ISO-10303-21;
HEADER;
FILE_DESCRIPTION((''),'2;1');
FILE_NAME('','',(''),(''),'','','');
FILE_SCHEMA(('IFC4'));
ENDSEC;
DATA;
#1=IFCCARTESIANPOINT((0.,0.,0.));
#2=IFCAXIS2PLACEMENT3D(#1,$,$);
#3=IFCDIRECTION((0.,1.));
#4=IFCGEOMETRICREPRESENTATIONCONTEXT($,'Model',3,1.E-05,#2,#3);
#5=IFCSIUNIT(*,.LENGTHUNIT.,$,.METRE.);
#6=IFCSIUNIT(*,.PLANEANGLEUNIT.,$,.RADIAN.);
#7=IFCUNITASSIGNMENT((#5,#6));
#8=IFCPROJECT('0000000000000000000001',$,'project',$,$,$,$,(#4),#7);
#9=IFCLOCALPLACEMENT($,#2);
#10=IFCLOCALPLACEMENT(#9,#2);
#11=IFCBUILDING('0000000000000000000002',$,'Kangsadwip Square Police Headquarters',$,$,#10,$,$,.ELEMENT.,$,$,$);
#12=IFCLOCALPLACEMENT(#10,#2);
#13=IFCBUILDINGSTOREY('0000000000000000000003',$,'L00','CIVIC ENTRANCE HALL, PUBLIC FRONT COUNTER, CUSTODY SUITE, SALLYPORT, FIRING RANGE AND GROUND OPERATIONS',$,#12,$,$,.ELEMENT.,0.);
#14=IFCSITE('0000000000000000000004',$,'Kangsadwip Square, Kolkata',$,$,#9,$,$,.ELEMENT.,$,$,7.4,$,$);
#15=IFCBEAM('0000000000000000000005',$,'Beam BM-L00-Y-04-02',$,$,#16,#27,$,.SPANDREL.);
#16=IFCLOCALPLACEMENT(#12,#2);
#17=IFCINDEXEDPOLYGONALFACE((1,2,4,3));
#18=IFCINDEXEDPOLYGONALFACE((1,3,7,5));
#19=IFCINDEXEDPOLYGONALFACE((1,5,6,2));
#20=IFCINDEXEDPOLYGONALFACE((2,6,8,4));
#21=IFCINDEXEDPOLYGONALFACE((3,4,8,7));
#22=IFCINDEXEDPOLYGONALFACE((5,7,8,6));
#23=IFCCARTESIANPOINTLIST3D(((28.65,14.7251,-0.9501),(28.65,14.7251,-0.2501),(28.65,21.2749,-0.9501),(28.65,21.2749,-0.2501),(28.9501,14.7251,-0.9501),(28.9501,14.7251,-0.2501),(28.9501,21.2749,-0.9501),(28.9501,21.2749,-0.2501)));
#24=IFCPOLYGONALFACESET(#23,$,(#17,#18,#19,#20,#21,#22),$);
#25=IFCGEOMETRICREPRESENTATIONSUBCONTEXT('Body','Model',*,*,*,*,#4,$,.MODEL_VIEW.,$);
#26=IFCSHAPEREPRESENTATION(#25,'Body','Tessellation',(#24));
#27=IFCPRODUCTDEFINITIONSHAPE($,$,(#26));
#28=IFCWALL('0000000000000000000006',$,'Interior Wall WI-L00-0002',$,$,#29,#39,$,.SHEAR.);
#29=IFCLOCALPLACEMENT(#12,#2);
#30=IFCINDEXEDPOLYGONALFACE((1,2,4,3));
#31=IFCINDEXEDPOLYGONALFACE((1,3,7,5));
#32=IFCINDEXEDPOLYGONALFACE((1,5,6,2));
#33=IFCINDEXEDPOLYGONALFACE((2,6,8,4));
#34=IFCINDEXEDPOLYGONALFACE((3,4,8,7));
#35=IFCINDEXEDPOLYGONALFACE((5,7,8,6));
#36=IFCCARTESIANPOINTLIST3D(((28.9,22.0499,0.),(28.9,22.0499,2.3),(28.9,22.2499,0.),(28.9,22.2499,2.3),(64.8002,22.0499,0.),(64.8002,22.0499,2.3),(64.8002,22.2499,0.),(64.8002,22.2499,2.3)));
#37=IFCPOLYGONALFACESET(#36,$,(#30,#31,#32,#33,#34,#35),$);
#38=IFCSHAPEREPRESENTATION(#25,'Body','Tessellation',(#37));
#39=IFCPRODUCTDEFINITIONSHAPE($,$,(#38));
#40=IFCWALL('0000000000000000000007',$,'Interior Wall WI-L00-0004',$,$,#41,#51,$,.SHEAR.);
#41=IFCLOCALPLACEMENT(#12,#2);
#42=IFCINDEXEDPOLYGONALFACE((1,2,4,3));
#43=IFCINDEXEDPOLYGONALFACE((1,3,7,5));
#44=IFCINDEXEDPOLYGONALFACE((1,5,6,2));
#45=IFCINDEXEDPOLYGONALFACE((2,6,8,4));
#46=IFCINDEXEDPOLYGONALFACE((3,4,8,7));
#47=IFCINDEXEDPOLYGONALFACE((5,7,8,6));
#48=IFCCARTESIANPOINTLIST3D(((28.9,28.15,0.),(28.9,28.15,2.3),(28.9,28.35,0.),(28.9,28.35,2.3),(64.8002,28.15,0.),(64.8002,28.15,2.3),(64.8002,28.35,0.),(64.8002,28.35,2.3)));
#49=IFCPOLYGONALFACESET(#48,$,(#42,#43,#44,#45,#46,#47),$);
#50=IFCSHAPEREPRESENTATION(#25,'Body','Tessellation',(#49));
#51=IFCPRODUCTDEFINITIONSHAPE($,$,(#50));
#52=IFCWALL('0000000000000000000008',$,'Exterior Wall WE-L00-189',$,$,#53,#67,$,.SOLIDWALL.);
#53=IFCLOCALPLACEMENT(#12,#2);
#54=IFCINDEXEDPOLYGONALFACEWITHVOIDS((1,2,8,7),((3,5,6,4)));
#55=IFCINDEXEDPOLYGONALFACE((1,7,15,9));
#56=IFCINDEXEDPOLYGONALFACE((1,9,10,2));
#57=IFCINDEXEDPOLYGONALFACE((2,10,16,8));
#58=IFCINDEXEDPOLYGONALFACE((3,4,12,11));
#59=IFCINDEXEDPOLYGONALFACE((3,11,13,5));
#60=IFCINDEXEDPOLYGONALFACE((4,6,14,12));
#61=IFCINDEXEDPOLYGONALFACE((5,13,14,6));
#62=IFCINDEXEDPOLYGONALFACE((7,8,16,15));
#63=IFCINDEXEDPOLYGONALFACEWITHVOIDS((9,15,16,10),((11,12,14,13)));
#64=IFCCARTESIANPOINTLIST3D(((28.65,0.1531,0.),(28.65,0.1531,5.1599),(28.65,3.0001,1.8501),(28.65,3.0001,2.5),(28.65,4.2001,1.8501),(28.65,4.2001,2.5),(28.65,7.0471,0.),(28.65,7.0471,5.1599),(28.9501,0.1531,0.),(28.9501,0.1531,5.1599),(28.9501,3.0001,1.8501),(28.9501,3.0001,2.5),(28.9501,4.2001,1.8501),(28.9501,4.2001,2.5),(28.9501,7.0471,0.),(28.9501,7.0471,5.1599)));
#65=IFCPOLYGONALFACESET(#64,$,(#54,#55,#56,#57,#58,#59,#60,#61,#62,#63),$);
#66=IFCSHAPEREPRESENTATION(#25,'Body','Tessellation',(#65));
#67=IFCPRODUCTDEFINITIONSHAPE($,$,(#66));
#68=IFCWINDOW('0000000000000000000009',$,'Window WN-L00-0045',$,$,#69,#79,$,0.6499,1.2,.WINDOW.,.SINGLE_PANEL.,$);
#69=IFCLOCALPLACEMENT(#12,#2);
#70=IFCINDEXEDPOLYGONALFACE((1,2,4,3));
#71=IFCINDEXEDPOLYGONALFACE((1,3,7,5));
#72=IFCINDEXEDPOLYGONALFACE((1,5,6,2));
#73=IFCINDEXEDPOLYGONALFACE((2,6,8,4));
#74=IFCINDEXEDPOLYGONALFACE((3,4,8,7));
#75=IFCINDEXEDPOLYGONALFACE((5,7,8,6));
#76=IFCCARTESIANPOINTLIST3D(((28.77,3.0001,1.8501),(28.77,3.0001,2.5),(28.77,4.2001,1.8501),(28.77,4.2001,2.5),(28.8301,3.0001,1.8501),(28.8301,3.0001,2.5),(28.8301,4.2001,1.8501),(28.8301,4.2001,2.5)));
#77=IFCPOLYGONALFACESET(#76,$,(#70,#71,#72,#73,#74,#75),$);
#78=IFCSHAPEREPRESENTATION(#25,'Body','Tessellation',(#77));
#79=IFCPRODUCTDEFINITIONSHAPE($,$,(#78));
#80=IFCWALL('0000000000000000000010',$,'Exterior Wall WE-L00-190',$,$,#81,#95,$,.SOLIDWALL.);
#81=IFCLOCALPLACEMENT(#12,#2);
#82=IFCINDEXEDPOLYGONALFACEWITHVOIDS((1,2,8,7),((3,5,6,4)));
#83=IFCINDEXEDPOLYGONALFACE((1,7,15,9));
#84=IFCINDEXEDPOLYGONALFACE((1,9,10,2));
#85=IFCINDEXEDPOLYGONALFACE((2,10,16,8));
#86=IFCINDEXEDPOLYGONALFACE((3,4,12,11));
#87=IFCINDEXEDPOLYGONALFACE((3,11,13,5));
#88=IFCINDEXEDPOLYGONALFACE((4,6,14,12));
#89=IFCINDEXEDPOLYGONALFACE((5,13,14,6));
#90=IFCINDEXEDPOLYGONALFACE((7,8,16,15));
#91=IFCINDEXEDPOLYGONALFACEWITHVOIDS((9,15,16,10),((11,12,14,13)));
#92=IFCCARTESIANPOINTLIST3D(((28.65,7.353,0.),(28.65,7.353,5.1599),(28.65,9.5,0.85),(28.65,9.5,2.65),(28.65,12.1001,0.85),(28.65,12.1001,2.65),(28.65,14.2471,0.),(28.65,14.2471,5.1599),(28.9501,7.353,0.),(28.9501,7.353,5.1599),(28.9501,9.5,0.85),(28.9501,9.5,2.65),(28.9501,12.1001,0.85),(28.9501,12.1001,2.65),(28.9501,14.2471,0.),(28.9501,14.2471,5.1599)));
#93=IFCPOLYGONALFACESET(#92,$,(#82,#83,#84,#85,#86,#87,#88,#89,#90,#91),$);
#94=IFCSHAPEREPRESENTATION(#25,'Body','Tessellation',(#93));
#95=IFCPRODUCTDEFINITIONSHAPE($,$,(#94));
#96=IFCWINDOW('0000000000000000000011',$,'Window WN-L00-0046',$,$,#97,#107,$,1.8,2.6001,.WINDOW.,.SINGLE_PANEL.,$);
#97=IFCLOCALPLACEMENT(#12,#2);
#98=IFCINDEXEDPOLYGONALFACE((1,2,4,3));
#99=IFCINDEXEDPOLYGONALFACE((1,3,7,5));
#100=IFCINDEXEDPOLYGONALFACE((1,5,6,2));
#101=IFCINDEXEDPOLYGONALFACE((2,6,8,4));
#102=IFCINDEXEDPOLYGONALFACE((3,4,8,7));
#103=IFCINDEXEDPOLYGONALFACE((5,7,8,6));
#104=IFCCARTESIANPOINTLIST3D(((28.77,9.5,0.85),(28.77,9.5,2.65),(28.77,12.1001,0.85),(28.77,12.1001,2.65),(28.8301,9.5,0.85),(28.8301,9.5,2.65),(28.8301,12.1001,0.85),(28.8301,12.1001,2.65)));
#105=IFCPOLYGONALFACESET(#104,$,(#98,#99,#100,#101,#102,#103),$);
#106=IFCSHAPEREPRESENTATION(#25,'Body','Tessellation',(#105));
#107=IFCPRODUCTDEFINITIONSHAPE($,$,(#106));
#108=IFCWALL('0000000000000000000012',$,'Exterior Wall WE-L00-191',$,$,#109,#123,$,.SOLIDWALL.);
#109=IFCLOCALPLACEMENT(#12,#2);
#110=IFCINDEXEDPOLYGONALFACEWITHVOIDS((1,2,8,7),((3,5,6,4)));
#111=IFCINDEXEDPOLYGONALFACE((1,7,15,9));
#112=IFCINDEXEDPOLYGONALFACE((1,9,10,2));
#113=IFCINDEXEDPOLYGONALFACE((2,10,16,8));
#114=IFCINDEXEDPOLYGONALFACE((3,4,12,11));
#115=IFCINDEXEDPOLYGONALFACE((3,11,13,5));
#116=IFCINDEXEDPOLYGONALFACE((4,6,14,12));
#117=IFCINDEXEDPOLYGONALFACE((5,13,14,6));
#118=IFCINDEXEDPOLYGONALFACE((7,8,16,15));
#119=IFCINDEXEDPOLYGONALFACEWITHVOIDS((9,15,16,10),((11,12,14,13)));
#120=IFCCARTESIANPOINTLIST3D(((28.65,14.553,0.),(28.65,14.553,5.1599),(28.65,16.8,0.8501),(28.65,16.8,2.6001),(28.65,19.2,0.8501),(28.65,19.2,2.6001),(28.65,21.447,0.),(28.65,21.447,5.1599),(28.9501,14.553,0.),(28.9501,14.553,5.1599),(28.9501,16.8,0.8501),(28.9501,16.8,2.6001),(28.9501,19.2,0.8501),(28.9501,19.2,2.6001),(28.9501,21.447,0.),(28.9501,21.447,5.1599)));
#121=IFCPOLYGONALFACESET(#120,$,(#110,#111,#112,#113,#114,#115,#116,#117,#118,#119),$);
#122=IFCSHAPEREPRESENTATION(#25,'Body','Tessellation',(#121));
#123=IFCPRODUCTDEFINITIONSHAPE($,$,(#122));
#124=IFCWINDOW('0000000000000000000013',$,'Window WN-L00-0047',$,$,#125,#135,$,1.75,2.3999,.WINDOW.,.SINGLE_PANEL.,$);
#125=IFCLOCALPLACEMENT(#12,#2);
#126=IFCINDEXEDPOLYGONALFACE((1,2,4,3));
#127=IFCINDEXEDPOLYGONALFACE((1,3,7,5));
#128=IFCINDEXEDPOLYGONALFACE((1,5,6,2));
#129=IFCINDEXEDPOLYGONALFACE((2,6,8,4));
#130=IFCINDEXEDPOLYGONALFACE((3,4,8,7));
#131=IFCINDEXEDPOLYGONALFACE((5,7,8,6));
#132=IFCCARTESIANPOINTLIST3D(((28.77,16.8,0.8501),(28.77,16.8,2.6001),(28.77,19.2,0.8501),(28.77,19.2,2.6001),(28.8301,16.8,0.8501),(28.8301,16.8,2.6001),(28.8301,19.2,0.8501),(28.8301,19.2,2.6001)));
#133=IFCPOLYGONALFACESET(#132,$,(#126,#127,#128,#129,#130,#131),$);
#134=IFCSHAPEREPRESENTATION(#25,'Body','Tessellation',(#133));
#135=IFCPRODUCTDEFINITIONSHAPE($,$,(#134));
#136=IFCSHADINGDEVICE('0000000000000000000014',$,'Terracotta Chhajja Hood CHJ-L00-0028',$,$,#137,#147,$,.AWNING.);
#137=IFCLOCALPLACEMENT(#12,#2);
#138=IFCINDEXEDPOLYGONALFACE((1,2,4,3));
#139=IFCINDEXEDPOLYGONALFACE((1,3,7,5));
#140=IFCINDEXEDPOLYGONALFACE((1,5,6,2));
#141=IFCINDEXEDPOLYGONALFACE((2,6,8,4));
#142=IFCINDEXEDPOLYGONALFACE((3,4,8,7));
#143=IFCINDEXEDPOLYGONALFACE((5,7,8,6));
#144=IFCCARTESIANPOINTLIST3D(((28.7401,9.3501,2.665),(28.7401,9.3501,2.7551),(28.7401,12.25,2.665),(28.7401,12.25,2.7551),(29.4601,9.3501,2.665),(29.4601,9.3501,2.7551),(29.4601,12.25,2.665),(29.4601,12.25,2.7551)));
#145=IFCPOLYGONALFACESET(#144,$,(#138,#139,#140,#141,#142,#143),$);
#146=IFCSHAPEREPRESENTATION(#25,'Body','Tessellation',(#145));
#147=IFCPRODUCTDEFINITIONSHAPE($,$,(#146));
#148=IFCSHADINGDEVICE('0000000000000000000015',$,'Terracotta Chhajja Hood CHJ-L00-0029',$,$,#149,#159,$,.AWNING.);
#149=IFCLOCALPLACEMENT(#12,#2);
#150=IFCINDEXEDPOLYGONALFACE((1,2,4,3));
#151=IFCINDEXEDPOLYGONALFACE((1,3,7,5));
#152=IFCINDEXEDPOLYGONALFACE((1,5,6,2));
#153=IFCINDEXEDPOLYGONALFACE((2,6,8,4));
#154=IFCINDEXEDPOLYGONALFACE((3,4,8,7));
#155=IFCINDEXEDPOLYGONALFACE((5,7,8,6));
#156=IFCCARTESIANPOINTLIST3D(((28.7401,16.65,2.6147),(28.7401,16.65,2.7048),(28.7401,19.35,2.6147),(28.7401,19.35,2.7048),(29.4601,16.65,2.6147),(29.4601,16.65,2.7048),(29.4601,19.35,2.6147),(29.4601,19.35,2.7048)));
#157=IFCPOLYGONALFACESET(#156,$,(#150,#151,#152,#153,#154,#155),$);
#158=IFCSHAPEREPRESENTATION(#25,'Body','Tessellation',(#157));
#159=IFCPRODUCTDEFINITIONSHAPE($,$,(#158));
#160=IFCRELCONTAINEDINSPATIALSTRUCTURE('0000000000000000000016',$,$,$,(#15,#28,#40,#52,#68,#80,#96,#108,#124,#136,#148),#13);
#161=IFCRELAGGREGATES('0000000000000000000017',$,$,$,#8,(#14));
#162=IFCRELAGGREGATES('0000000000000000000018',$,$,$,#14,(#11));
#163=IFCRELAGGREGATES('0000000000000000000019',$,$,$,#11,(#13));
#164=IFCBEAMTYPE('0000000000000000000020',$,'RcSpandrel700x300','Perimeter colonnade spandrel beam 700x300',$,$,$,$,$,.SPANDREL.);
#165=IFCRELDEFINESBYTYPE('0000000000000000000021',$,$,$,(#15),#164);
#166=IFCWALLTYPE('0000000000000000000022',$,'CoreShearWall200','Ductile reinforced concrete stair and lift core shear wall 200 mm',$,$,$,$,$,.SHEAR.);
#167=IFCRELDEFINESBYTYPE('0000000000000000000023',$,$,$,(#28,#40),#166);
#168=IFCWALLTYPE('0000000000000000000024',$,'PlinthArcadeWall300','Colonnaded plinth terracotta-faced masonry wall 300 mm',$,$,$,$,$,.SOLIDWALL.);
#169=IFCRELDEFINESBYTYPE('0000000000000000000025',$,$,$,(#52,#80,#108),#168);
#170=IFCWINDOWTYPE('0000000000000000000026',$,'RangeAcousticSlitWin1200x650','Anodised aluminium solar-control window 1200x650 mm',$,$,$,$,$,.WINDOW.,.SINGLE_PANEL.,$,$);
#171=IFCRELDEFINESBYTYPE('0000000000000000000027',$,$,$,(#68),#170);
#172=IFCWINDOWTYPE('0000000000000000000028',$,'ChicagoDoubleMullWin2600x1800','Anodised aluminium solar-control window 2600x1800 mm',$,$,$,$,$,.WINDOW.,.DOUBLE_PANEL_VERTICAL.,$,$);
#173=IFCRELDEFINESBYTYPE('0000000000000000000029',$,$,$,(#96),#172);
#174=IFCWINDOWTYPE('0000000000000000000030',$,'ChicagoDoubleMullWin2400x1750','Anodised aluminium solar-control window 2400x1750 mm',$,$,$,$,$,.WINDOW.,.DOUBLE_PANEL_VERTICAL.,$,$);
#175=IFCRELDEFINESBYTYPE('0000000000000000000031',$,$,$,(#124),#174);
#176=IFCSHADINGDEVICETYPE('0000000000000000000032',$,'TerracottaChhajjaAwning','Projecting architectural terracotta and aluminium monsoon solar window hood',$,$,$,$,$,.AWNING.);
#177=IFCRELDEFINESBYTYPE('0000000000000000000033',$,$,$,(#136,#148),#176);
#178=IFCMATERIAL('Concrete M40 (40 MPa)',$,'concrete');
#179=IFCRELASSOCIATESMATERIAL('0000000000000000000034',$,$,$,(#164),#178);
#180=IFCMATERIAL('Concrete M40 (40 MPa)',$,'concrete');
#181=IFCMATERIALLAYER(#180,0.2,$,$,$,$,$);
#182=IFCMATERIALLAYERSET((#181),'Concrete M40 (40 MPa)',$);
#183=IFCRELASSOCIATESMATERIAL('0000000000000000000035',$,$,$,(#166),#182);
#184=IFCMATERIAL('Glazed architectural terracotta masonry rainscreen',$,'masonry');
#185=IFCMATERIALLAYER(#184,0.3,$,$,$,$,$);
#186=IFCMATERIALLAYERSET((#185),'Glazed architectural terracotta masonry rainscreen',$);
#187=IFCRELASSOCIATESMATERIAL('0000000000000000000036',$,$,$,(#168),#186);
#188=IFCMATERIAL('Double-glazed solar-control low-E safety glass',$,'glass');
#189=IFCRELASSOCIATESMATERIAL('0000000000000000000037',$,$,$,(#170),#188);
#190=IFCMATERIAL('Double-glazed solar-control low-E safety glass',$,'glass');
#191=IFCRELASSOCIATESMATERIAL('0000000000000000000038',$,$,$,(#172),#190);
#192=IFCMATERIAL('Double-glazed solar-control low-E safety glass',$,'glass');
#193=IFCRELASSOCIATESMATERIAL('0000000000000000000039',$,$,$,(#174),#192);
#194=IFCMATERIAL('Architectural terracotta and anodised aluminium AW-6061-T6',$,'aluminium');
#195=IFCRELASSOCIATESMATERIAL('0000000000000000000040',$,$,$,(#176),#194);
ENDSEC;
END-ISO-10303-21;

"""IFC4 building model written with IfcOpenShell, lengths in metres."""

from ifc_helpers import new_model, si_unit, direction, frame, frame_2d, origin, origin_2d, place, context, subcontext, project, spatial, rectangle, extrude, material, layer, layer_set, material_profile, profile_set, type_object, element, fill, save


model = new_model("IFC4")

# Units and contexts
model_context = context("Model", 3, precision=1e-05, world=origin(), true_north=direction((0.0, 1.0)))
body_context = subcontext(model_context, "Body", "Model", "MODEL_VIEW")
ifc_project = project(units=[si_unit("LENGTHUNIT", "METRE"), si_unit("PLANEANGLEUNIT", "RADIAN")], contexts=[model_context])

# Site, building, storey
site_placement = place(None, origin())
site = spatial("IfcSite", under=ifc_project, at=site_placement, Name="Kangsadwip Square, Kolkata", CompositionType="ELEMENT", RefElevation=7.4)
building_placement = place(site_placement, origin())
building = spatial("IfcBuilding", under=site, at=building_placement, Name="Kangsadwip Square Police Headquarters", CompositionType="ELEMENT")
storey_placement = place(building_placement, origin())
storey = spatial("IfcBuildingStorey", under=building, at=storey_placement, Name="L00", Description="CIVIC ENTRANCE HALL, PUBLIC FRONT COUNTER, CUSTODY SUITE, SALLYPORT, FIRING RANGE AND GROUND OPERATIONS", CompositionType="ELEMENT", Elevation=0.0)

# Beam
ifc_material_1 = material(Name="Concrete M40 (40 MPa)", Category="concrete")
ifc_material_profile_1 = material_profile(ifc_material_1, rectangle(XDim=0.3, YDim=0.7, at=origin_2d()), Name="RC SPN 700X300")
ifc_profile_set_1 = profile_set([ifc_material_profile_1], Name="Concrete M40 (40 MPa)")
beam_type_1 = type_object("IfcBeamType", Name="RcSpandrel700x300", Description="Perimeter colonnade spandrel beam 700x300", PredefinedType="SPANDREL", material=ifc_profile_set_1)
beam_1_placement = place(storey_placement, frame((28.8, 14.7251, -0.6001), z_axis=(0.0, 1.0, 0.0), x_axis=(-1.0, 0.0, 0.0)))
element("IfcBeam", 1, at=beam_1_placement, inside=storey, type_object=beam_type_1, Name="Beam BM-L00-Y-04-02", PredefinedType="SPANDREL", context=body_context, shape_type="SweptSolid", body=[
    extrude(rectangle(XDim=0.3, YDim=0.7, at=origin_2d()), origin(), (0.0, 0.0, 1.0), 6.5498),
])

# Walls
ifc_material_2 = material(Name="Concrete M40 (40 MPa)", Category="concrete")
ifc_layer_1 = layer(ifc_material_2, 0.2)
ifc_layer_set_1 = layer_set([ifc_layer_1], Name="Concrete M40 (40 MPa)")
wall_type_1 = type_object("IfcWallType", Name="CoreShearWall200", Description="Ductile reinforced concrete stair and lift core shear wall 200 mm", PredefinedType="SHEAR", material=ifc_layer_set_1)
for number, where, z_axis, x_axis, name in (
    (2, (28.8999, 22.1499, 0.0), (0.0, 0.0, 1.0), (1.0, 0.0, 0.0), "Interior Wall WI-L00-0002"),
    (3, (28.8999, 28.25, 0.0), (0.0, 0.0, 1.0), (1.0, 0.0, 0.0), "Interior Wall WI-L00-0004"),
):
    element("IfcWall", number, at=place(storey_placement, frame(where, z_axis=z_axis, x_axis=x_axis)), inside=storey, type_object=wall_type_1, Name=name, PredefinedType="SHEAR", context=body_context, shape_type="SweptSolid", body=[
        extrude(rectangle(XDim=35.9001, YDim=0.2, at=frame_2d((17.9502, 0.0))), origin(), (0.0, 0.0, 1.0), 2.3),
    ])

# Walls, openings, windows
ifc_material_3 = material(Name="Glazed architectural terracotta masonry rainscreen", Category="masonry")
ifc_layer_2 = layer(ifc_material_3, 0.3)
ifc_layer_set_2 = layer_set([ifc_layer_2], Name="Glazed architectural terracotta masonry rainscreen")
wall_type_2 = type_object("IfcWallType", Name="PlinthArcadeWall300", Description="Colonnaded plinth terracotta-faced masonry wall 300 mm", PredefinedType="SOLIDWALL", material=ifc_layer_set_2)
wall_1_placement = place(storey_placement, frame((28.8, 0.1531, 0.0), z_axis=(0.0, 0.0, 1.0), x_axis=(0.0, 1.0, 0.0)))
wall_1 = element("IfcWall", 4, at=wall_1_placement, inside=storey, type_object=wall_type_2, Name="Exterior Wall WE-L00-189", PredefinedType="SOLIDWALL", context=body_context, shape_type="SweptSolid", body=[
    extrude(rectangle(XDim=6.894, YDim=0.3, at=frame_2d((3.447, 0.0))), origin(), (0.0, 0.0, 1.0), 5.1599),
])
opening_1_placement = place(wall_1_placement, frame((2.8469, 0.0, 1.8501)))
opening_1 = element("IfcOpeningElement", 5, at=opening_1_placement, cuts=wall_1, PredefinedType="OPENING", context=body_context, shape_type="SweptSolid", body=[
    extrude(rectangle(XDim=1.2, YDim=0.6499, at=frame_2d((0.6001, 0.325))), frame((0.0, 0.1599, 0.0), z_axis=(0.0, -1.0, 0.0), x_axis=(1.0, 0.0, 0.0)), (0.0, 0.0, 1.0), 0.3201),
])
ifc_material_4 = material(Name="Double-glazed solar-control low-E safety glass", Category="glass")
window_type_1 = type_object("IfcWindowType", Name="RangeAcousticSlitWin1200x650", Description="Anodised aluminium solar-control window 1200x650 mm", PartitioningType="SINGLE_PANEL", PredefinedType="WINDOW", material=ifc_material_4)
window_1_placement = place(opening_1_placement, origin())
window_1 = element("IfcWindow", 6, at=window_1_placement, inside=storey, type_object=window_type_1, Name="Window WN-L00-0045", OverallHeight=0.6499, OverallWidth=1.2, PartitioningType="SINGLE_PANEL", PredefinedType="WINDOW", context=body_context, shape_type="SweptSolid", body=[
    extrude(rectangle(XDim=1.2, YDim=0.6499, at=frame_2d((0.6001, 0.325))), frame((0.0, 0.03, 0.0), z_axis=(0.0, -1.0, 0.0), x_axis=(1.0, 0.0, 0.0)), (0.0, 0.0, 1.0), 0.0601),
])
fill(opening_1, window_1)
wall_2_placement = place(storey_placement, frame((28.8, 7.353, 0.0), z_axis=(0.0, 0.0, 1.0), x_axis=(0.0, 1.0, 0.0)))
wall_2 = element("IfcWall", 7, at=wall_2_placement, inside=storey, type_object=wall_type_2, Name="Exterior Wall WE-L00-190", PredefinedType="SOLIDWALL", context=body_context, shape_type="SweptSolid", body=[
    extrude(rectangle(XDim=6.894, YDim=0.3, at=frame_2d((3.447, 0.0))), origin(), (0.0, 0.0, 1.0), 5.1599),
])
opening_2_placement = place(wall_2_placement, frame((2.147, 0.0, 0.8501)))
opening_2 = element("IfcOpeningElement", 8, at=opening_2_placement, cuts=wall_2, PredefinedType="OPENING", context=body_context, shape_type="SweptSolid", body=[
    extrude(rectangle(XDim=2.6001, YDim=1.8, at=frame_2d((1.3, 0.8999))), frame((0.0, 0.1599, 0.0), z_axis=(0.0, -1.0, 0.0), x_axis=(1.0, 0.0, 0.0)), (0.0, 0.0, 1.0), 0.3201),
])
ifc_material_5 = material(Name="Double-glazed solar-control low-E safety glass", Category="glass")
window_type_2 = type_object("IfcWindowType", Name="ChicagoDoubleMullWin2600x1800", Description="Anodised aluminium solar-control window 2600x1800 mm", PartitioningType="DOUBLE_PANEL_VERTICAL", PredefinedType="WINDOW", material=ifc_material_5)
window_2_placement = place(opening_2_placement, origin())
window_2 = element("IfcWindow", 9, at=window_2_placement, inside=storey, type_object=window_type_2, Name="Window WN-L00-0046", OverallHeight=1.8, OverallWidth=2.6001, PartitioningType="SINGLE_PANEL", PredefinedType="WINDOW", context=body_context, shape_type="SweptSolid", body=[
    extrude(rectangle(XDim=2.6001, YDim=1.8, at=frame_2d((1.3, 0.8999))), frame((0.0, 0.03, 0.0), z_axis=(0.0, -1.0, 0.0), x_axis=(1.0, 0.0, 0.0)), (0.0, 0.0, 1.0), 0.0601),
])
fill(opening_2, window_2)
wall_3_placement = place(storey_placement, frame((28.8, 14.553, 0.0), z_axis=(0.0, 0.0, 1.0), x_axis=(0.0, 1.0, 0.0)))
wall_3 = element("IfcWall", 10, at=wall_3_placement, inside=storey, type_object=wall_type_2, Name="Exterior Wall WE-L00-191", PredefinedType="SOLIDWALL", context=body_context, shape_type="SweptSolid", body=[
    extrude(rectangle(XDim=6.894, YDim=0.3, at=frame_2d((3.447, 0.0))), origin(), (0.0, 0.0, 1.0), 5.1599),
])
opening_3_placement = place(wall_3_placement, frame((2.2471, 0.0, 0.8501)))
opening_3 = element("IfcOpeningElement", 11, at=opening_3_placement, cuts=wall_3, PredefinedType="OPENING", context=body_context, shape_type="SweptSolid", body=[
    extrude(rectangle(XDim=2.3999, YDim=1.75, at=frame_2d((1.2, 0.875))), frame((0.0, 0.1599, 0.0), z_axis=(0.0, -1.0, 0.0), x_axis=(1.0, 0.0, 0.0)), (0.0, 0.0, 1.0), 0.3201),
])
ifc_material_6 = material(Name="Double-glazed solar-control low-E safety glass", Category="glass")
window_type_3 = type_object("IfcWindowType", Name="ChicagoDoubleMullWin2400x1750", Description="Anodised aluminium solar-control window 2400x1750 mm", PartitioningType="DOUBLE_PANEL_VERTICAL", PredefinedType="WINDOW", material=ifc_material_6)
window_3_placement = place(opening_3_placement, origin())
window_3 = element("IfcWindow", 12, at=window_3_placement, inside=storey, type_object=window_type_3, Name="Window WN-L00-0047", OverallHeight=1.75, OverallWidth=2.3999, PartitioningType="SINGLE_PANEL", PredefinedType="WINDOW", context=body_context, shape_type="SweptSolid", body=[
    extrude(rectangle(XDim=2.3999, YDim=1.75, at=frame_2d((1.2, 0.875))), frame((0.0, 0.03, 0.0), z_axis=(0.0, -1.0, 0.0), x_axis=(1.0, 0.0, 0.0)), (0.0, 0.0, 1.0), 0.0601),
])
fill(opening_3, window_3)

# Shading devices
ifc_material_7 = material(Name="Architectural terracotta and anodised aluminium AW-6061-T6", Category="aluminium")
shading_device_type = type_object("IfcShadingDeviceType", Name="TerracottaChhajjaAwning", Description="Projecting architectural terracotta and aluminium monsoon solar window hood", PredefinedType="AWNING", material=ifc_material_7)
shading_device_1_placement = place(storey_placement, frame((29.1001, 10.8, 2.665), z_axis=(0.0, 0.0, 1.0), x_axis=(0.0, 1.0, 0.0)))
element("IfcShadingDevice", 13, at=shading_device_1_placement, inside=storey, type_object=shading_device_type, Name="Terracotta Chhajja Hood CHJ-L00-0028", PredefinedType="AWNING", context=body_context, shape_type="SweptSolid", body=[
    extrude(rectangle(XDim=2.8999, YDim=0.72, at=origin_2d()), origin(), (0.0, 0.0, 1.0), 0.0901),
])
shading_device_2_placement = place(storey_placement, frame((29.1001, 18.0, 2.6147), z_axis=(0.0, 0.0, 1.0), x_axis=(0.0, 1.0, 0.0)))
element("IfcShadingDevice", 14, at=shading_device_2_placement, inside=storey, type_object=shading_device_type, Name="Terracotta Chhajja Hood CHJ-L00-0029", PredefinedType="AWNING", context=body_context, shape_type="SweptSolid", body=[
    extrude(rectangle(XDim=2.7, YDim=0.72, at=origin_2d()), origin(), (0.0, 0.0, 1.0), 0.0901),
])

save(model, "model.ifc")
